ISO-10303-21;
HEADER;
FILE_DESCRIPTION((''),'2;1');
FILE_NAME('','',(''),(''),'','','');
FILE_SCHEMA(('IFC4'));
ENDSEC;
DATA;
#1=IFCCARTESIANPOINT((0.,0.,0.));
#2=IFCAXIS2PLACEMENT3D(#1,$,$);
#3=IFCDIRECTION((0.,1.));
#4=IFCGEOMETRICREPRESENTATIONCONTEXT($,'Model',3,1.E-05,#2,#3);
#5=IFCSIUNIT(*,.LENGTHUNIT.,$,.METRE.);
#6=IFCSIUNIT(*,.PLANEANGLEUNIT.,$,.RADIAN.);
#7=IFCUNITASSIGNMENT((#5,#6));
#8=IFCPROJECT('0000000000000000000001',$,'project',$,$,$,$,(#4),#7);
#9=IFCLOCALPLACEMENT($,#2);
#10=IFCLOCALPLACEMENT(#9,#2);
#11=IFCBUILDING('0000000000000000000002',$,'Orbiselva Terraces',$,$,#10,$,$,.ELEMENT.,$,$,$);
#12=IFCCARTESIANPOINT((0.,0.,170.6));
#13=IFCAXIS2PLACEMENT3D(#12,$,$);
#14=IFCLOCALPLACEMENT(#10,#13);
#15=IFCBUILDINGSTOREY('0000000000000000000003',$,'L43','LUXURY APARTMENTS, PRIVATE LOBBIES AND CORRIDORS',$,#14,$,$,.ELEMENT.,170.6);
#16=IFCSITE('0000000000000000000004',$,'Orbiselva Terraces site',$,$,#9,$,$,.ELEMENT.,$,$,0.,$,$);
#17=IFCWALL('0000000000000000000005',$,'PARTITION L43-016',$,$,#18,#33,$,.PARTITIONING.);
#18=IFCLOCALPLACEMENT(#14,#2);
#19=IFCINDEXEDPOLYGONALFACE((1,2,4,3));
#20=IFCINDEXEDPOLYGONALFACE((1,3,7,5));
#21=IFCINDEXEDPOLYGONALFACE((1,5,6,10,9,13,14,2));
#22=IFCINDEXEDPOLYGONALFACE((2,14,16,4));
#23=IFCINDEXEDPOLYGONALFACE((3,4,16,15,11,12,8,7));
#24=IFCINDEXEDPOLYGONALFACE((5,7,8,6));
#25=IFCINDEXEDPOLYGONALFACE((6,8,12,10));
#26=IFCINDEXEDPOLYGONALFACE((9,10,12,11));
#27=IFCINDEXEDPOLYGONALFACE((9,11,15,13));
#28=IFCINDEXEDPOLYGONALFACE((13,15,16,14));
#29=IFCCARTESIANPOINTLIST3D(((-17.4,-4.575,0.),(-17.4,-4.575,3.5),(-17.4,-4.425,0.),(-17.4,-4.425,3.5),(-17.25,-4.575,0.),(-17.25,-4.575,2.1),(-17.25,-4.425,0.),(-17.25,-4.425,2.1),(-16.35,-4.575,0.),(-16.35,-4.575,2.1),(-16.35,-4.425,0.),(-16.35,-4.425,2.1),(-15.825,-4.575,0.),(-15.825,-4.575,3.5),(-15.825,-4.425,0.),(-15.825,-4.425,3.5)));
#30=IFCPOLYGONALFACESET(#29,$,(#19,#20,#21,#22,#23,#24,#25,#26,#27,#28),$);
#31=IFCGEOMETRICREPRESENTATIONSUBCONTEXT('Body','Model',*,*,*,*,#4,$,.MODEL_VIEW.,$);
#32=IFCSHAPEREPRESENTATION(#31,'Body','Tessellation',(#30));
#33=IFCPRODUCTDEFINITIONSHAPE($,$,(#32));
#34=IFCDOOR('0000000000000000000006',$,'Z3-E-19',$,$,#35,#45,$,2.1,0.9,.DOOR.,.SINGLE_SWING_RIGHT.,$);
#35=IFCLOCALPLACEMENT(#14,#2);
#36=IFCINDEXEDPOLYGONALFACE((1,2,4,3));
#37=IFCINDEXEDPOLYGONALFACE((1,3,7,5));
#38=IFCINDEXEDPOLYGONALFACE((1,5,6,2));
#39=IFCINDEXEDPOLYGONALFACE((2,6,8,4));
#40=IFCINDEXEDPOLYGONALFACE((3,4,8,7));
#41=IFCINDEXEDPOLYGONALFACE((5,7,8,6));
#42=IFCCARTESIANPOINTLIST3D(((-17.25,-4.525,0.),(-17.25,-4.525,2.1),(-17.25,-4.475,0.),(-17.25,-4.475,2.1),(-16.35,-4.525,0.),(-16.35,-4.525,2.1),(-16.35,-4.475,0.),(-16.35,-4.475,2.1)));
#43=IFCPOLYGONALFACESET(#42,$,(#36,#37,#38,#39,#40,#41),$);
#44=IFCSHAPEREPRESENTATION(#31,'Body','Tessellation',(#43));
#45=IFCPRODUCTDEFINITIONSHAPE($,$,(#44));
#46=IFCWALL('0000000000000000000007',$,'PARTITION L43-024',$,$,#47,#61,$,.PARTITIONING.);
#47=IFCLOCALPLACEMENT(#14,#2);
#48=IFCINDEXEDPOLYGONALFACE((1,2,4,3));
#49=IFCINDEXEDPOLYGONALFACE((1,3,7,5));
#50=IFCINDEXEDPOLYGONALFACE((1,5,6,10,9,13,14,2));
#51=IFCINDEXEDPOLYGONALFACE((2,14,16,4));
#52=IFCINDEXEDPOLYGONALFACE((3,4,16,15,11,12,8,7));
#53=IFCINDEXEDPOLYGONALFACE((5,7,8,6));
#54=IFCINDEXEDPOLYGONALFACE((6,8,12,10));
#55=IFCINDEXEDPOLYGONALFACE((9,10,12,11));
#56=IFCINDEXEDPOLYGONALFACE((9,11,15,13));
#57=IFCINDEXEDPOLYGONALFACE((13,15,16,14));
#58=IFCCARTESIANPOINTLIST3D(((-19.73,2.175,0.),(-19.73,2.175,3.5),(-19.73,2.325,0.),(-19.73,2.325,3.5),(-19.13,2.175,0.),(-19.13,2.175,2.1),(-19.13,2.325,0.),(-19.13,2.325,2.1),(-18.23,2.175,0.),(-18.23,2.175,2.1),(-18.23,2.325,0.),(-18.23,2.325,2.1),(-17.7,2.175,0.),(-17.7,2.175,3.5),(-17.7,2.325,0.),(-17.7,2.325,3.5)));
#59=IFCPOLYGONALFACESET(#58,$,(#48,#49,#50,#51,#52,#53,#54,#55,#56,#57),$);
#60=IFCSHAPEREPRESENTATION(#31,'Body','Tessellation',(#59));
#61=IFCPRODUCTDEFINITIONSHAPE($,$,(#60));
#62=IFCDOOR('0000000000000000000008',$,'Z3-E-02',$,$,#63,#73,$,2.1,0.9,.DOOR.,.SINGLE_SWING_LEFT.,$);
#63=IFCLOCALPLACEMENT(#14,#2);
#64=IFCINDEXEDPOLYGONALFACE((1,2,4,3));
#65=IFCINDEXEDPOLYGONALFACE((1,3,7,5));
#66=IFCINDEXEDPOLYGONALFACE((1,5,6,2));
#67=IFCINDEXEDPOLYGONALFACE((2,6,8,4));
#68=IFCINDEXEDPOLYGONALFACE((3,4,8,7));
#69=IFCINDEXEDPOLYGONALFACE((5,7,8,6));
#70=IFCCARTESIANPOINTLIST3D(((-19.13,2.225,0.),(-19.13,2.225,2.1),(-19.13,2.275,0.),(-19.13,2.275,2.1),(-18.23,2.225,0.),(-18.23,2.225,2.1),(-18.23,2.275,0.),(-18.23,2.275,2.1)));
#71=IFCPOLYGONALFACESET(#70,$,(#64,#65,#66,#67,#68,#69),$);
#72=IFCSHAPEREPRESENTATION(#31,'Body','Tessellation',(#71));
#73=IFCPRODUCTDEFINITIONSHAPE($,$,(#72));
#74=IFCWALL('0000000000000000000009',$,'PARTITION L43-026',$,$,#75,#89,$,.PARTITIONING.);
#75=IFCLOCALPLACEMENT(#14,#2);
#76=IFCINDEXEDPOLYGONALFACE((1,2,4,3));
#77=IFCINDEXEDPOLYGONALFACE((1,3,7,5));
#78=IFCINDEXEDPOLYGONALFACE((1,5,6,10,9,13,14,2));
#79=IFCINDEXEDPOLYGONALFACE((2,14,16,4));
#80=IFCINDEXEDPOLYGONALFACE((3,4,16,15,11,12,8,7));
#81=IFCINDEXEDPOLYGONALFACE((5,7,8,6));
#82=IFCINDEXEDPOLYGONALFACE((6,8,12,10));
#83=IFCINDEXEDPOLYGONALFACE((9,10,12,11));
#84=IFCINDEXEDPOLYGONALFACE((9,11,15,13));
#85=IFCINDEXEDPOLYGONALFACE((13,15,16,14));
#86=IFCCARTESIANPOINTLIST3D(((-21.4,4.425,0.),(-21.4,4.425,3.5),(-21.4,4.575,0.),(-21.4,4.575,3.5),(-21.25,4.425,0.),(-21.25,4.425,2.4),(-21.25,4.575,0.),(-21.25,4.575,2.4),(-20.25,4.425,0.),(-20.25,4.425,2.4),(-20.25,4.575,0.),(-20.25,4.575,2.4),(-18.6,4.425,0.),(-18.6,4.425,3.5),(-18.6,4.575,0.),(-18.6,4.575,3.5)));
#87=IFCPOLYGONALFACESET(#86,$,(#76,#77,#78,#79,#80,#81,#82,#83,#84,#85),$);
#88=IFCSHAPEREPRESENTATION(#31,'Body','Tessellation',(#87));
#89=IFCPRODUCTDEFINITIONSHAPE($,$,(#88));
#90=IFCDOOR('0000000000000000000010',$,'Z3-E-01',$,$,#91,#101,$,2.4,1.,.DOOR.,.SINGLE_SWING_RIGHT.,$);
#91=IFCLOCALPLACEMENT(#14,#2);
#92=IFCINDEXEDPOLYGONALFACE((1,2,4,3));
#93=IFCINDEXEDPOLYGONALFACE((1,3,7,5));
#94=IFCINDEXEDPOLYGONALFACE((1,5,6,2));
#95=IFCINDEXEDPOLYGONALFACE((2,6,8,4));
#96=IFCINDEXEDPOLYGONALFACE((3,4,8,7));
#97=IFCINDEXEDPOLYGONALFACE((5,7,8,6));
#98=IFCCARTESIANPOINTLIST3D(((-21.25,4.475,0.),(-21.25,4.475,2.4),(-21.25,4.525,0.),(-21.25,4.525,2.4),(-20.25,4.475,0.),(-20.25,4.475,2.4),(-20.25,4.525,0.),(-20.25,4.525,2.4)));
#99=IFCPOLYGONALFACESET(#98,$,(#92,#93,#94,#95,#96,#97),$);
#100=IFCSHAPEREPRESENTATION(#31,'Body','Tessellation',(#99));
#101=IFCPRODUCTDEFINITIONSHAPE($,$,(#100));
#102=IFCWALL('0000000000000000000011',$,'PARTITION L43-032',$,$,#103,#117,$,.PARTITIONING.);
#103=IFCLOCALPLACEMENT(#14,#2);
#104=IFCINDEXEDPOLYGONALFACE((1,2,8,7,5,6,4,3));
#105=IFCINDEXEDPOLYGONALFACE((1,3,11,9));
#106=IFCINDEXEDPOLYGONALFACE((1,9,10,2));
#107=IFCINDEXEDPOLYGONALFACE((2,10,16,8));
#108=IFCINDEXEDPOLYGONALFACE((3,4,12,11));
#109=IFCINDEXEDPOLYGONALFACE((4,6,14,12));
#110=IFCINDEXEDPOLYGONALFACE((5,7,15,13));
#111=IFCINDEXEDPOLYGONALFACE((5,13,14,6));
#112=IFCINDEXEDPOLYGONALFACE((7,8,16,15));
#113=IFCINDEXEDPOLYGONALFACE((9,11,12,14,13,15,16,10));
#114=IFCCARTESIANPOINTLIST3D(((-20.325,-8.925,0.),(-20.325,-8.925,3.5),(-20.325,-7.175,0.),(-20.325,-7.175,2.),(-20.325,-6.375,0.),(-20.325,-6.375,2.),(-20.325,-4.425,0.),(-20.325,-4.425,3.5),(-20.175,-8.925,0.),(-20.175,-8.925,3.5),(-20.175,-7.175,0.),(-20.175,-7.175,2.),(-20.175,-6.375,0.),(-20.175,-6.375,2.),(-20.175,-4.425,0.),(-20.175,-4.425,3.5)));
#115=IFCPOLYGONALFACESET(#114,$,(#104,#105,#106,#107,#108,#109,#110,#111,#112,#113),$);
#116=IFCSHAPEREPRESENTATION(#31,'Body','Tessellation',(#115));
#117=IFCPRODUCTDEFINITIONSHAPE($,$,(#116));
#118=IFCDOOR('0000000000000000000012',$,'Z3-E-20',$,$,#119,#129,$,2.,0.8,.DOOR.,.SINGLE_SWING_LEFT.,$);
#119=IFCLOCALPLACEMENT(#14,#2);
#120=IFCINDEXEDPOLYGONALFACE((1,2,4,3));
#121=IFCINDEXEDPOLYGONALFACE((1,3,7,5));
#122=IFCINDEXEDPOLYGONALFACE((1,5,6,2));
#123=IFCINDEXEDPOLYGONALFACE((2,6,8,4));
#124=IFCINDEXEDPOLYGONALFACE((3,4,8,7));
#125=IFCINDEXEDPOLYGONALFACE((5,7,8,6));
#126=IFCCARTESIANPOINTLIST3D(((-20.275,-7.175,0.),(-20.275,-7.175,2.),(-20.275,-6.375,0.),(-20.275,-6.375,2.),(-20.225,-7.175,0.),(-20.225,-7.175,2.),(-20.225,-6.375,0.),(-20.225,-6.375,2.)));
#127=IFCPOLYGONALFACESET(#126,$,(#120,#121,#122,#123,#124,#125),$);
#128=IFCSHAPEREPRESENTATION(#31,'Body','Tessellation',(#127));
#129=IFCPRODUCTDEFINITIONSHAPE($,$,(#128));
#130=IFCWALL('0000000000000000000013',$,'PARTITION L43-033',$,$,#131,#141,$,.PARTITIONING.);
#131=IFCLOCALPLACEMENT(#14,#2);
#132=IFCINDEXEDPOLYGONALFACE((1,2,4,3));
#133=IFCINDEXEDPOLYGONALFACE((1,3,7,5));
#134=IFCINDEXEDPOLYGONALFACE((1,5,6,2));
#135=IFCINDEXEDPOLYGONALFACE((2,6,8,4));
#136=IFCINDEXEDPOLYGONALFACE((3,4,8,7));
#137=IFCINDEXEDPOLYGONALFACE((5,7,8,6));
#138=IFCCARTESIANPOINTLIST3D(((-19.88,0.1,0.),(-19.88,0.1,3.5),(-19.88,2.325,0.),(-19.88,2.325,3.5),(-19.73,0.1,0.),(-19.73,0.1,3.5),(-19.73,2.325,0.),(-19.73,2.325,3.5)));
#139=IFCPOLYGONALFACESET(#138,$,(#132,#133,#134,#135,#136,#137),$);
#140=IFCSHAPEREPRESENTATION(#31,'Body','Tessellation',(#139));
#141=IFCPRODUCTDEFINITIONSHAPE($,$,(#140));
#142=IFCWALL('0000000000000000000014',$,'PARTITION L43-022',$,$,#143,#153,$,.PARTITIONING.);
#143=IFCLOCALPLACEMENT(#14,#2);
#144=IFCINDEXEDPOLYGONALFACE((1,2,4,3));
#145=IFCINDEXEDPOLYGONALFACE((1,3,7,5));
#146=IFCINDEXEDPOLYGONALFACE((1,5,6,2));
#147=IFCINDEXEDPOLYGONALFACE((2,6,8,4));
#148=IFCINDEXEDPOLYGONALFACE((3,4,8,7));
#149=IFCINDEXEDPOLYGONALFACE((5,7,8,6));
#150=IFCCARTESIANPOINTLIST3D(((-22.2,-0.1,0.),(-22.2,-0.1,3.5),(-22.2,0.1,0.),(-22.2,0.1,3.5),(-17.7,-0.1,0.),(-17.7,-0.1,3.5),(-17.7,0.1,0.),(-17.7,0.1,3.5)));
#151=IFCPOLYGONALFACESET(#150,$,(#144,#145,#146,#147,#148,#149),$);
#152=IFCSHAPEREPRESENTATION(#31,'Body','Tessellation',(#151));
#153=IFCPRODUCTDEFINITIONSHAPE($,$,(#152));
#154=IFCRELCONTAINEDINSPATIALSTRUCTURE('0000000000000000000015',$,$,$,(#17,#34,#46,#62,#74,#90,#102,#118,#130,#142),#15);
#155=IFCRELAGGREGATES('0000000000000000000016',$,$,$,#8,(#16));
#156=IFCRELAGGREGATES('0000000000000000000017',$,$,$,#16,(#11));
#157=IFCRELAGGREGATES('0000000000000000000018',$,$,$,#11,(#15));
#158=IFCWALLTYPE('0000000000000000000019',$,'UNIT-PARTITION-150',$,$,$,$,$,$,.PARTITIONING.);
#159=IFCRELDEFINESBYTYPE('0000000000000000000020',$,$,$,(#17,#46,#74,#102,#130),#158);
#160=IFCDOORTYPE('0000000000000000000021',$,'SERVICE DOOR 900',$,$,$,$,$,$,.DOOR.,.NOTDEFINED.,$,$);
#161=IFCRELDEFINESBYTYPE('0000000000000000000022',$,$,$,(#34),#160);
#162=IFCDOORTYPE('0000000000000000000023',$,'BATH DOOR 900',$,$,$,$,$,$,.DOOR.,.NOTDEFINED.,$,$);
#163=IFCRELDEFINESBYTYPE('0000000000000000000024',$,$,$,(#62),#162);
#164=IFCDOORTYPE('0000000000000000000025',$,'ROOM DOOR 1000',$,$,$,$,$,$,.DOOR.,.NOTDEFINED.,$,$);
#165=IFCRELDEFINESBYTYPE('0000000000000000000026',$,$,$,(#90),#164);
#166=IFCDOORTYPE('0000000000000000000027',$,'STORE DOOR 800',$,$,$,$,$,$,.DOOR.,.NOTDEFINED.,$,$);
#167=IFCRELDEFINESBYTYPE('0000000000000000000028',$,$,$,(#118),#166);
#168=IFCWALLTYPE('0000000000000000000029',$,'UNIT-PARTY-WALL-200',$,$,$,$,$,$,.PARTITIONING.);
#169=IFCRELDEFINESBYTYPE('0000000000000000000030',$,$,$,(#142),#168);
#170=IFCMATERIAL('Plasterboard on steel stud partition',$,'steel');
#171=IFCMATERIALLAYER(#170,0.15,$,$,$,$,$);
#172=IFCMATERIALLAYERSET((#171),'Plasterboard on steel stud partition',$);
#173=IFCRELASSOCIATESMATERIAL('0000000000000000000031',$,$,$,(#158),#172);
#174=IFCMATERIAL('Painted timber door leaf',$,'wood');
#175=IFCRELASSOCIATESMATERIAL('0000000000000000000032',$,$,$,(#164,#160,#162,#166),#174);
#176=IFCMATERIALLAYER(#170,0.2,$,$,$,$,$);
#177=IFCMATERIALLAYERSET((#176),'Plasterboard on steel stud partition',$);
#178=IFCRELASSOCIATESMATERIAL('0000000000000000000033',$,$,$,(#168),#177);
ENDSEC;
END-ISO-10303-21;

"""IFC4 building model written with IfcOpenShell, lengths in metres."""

from ifc_helpers import new_model, si_unit, direction, frame, frame_2d, origin, place, context, subcontext, project, spatial, rectangle, extrude, material, layer, layer_set, type_object, element, fill, save


model = new_model("IFC4")

# Units and contexts
model_context = context("Model", 3, precision=1e-05, world=origin(), true_north=direction((0.0, 1.0)))
body_context = subcontext(model_context, "Body", "Model", "MODEL_VIEW")
ifc_project = project(units=[si_unit("LENGTHUNIT", "METRE"), si_unit("PLANEANGLEUNIT", "RADIAN")], contexts=[model_context])

# Site, building, storey
site_placement = place(None, origin())
site = spatial("IfcSite", under=ifc_project, at=site_placement, Name="Orbiselva Terraces site", CompositionType="ELEMENT", RefElevation=0.0)
building_placement = place(site_placement, origin())
building = spatial("IfcBuilding", under=site, at=building_placement, Name="Orbiselva Terraces", CompositionType="ELEMENT")
storey_placement = place(building_placement, frame((0.0, 0.0, 170.6)))
storey = spatial("IfcBuildingStorey", under=building, at=storey_placement, Name="L43", Description="LUXURY APARTMENTS, PRIVATE LOBBIES AND CORRIDORS", CompositionType="ELEMENT", Elevation=170.6)

# Shared definitions
ifc_material_1 = material(Name="Plasterboard on steel stud partition", Category="steel")

# Shared definitions
ifc_layer_1 = layer(ifc_material_1, 0.15)
ifc_layer_set_1 = layer_set([ifc_layer_1], Name="Plasterboard on steel stud partition")
wall_type_1 = type_object("IfcWallType", Name="UNIT-PARTITION-150", PredefinedType="PARTITIONING", material=ifc_layer_set_1)
ifc_material_2 = material(Name="Painted timber door leaf", Category="wood")
door_type_1 = type_object("IfcDoorType", Name="ROOM DOOR 1000", OperationType="NOTDEFINED", PredefinedType="DOOR", material=ifc_material_2)

# Walls, openings, doors
wall_1_placement = place(storey_placement, frame((-15.825, -4.5, 0.0), z_axis=(0.0, 0.0, 1.0), x_axis=(-1.0, 0.0, 0.0)))
wall_1 = element("IfcWall", 1, at=wall_1_placement, inside=storey, type_object=wall_type_1, Name="PARTITION L43-016", PredefinedType="PARTITIONING", context=body_context, shape_type="SweptSolid", body=[
    extrude(rectangle(XDim=1.575, YDim=0.15, at=frame_2d((0.7875, 0.0))), origin(), (0.0, 0.0, 1.0), 3.5),
])
opening_1_placement = place(wall_1_placement, frame((0.525, 0.0, 0.0)))
opening_1 = element("IfcOpeningElement", 2, at=opening_1_placement, cuts=wall_1, PredefinedType="OPENING", context=body_context, shape_type="SweptSolid", body=[
    extrude(rectangle(XDim=0.9, YDim=2.1, at=frame_2d((0.45, 1.05))), frame((0.0, 0.085, 0.0), z_axis=(0.0, -1.0, 0.0), x_axis=(1.0, 0.0, 0.0)), (0.0, 0.0, 1.0), 0.17),
])
door_type_2 = type_object("IfcDoorType", Name="SERVICE DOOR 900", OperationType="NOTDEFINED", PredefinedType="DOOR", material=ifc_material_2)
door_1_placement = place(opening_1_placement, origin())
door_1 = element("IfcDoor", 3, at=door_1_placement, inside=storey, type_object=door_type_2, Name="Z3-E-19", OperationType="SINGLE_SWING_RIGHT", OverallHeight=2.1, OverallWidth=0.9, PredefinedType="DOOR", context=body_context, shape_type="SweptSolid", body=[
    extrude(rectangle(XDim=0.9, YDim=2.1, at=frame_2d((0.45, 1.05))), frame((0.0, 0.025, 0.0), z_axis=(0.0, -1.0, 0.0), x_axis=(1.0, 0.0, 0.0)), (0.0, 0.0, 1.0), 0.05),
])
fill(opening_1, door_1)
wall_2_placement = place(storey_placement, frame((-17.7, 2.25, 0.0), z_axis=(0.0, 0.0, 1.0), x_axis=(-1.0, 0.0, 0.0)))
wall_2 = element("IfcWall", 4, at=wall_2_placement, inside=storey, type_object=wall_type_1, Name="PARTITION L43-024", PredefinedType="PARTITIONING", context=body_context, shape_type="SweptSolid", body=[
    extrude(rectangle(XDim=2.03, YDim=0.15, at=frame_2d((1.015, 0.0))), origin(), (0.0, 0.0, 1.0), 3.5),
])
opening_2_placement = place(wall_2_placement, frame((0.53, 0.0, 0.0)))
opening_2 = element("IfcOpeningElement", 5, at=opening_2_placement, cuts=wall_2, PredefinedType="OPENING", context=body_context, shape_type="SweptSolid", body=[
    extrude(rectangle(XDim=0.9, YDim=2.1, at=frame_2d((0.45, 1.05))), frame((0.0, 0.085, 0.0), z_axis=(0.0, -1.0, 0.0), x_axis=(1.0, 0.0, 0.0)), (0.0, 0.0, 1.0), 0.17),
])
door_type_3 = type_object("IfcDoorType", Name="BATH DOOR 900", OperationType="NOTDEFINED", PredefinedType="DOOR", material=ifc_material_2)
door_2_placement = place(opening_2_placement, origin())
door_2 = element("IfcDoor", 6, at=door_2_placement, inside=storey, type_object=door_type_3, Name="Z3-E-02", OperationType="SINGLE_SWING_LEFT", OverallHeight=2.1, OverallWidth=0.9, PredefinedType="DOOR", context=body_context, shape_type="SweptSolid", body=[
    extrude(rectangle(XDim=0.9, YDim=2.1, at=frame_2d((0.45, 1.05))), frame((0.0, 0.025, 0.0), z_axis=(0.0, -1.0, 0.0), x_axis=(1.0, 0.0, 0.0)), (0.0, 0.0, 1.0), 0.05),
])
fill(opening_2, door_2)
wall_3_placement = place(storey_placement, frame((-18.6, 4.5, 0.0), z_axis=(0.0, 0.0, 1.0), x_axis=(-1.0, 0.0, 0.0)))
wall_3 = element("IfcWall", 7, at=wall_3_placement, inside=storey, type_object=wall_type_1, Name="PARTITION L43-026", PredefinedType="PARTITIONING", context=body_context, shape_type="SweptSolid", body=[
    extrude(rectangle(XDim=2.8, YDim=0.15, at=frame_2d((1.4, 0.0))), origin(), (0.0, 0.0, 1.0), 3.5),
])
opening_3_placement = place(wall_3_placement, frame((1.65, 0.0, 0.0)))
opening_3 = element("IfcOpeningElement", 8, at=opening_3_placement, cuts=wall_3, PredefinedType="OPENING", context=body_context, shape_type="SweptSolid", body=[
    extrude(rectangle(XDim=1.0, YDim=2.4, at=frame_2d((0.5, 1.2))), frame((0.0, 0.085, 0.0), z_axis=(0.0, -1.0, 0.0), x_axis=(1.0, 0.0, 0.0)), (0.0, 0.0, 1.0), 0.17),
])
door_3_placement = place(opening_3_placement, origin())
door_3 = element("IfcDoor", 9, at=door_3_placement, inside=storey, type_object=door_type_1, Name="Z3-E-01", OperationType="SINGLE_SWING_RIGHT", OverallHeight=2.4, OverallWidth=1.0, PredefinedType="DOOR", context=body_context, shape_type="SweptSolid", body=[
    extrude(rectangle(XDim=1.0, YDim=2.4, at=frame_2d((0.5, 1.2))), frame((0.0, 0.025, 0.0), z_axis=(0.0, -1.0, 0.0), x_axis=(1.0, 0.0, 0.0)), (0.0, 0.0, 1.0), 0.05),
])
fill(opening_3, door_3)
wall_4_placement = place(storey_placement, frame((-20.25, -8.925, 0.0), z_axis=(0.0, 0.0, 1.0), x_axis=(0.0, 1.0, 0.0)))
wall_4 = element("IfcWall", 10, at=wall_4_placement, inside=storey, type_object=wall_type_1, Name="PARTITION L43-032", PredefinedType="PARTITIONING", context=body_context, shape_type="SweptSolid", body=[
    extrude(rectangle(XDim=4.5, YDim=0.15, at=frame_2d((2.25, 0.0))), origin(), (0.0, 0.0, 1.0), 3.5),
])
opening_4_placement = place(wall_4_placement, frame((1.75, 0.0, 0.0)))
opening_4 = element("IfcOpeningElement", 11, at=opening_4_placement, cuts=wall_4, PredefinedType="OPENING", context=body_context, shape_type="SweptSolid", body=[
    extrude(rectangle(XDim=0.8, YDim=2.0, at=frame_2d((0.4, 1.0))), frame((0.0, 0.085, 0.0), z_axis=(0.0, -1.0, 0.0), x_axis=(1.0, 0.0, 0.0)), (0.0, 0.0, 1.0), 0.17),
])
door_type_4 = type_object("IfcDoorType", Name="STORE DOOR 800", OperationType="NOTDEFINED", PredefinedType="DOOR", material=ifc_material_2)
door_4_placement = place(opening_4_placement, origin())
door_4 = element("IfcDoor", 12, at=door_4_placement, inside=storey, type_object=door_type_4, Name="Z3-E-20", OperationType="SINGLE_SWING_LEFT", OverallHeight=2.0, OverallWidth=0.8, PredefinedType="DOOR", context=body_context, shape_type="SweptSolid", body=[
    extrude(rectangle(XDim=0.8, YDim=2.0, at=frame_2d((0.4, 1.0))), frame((0.0, 0.025, 0.0), z_axis=(0.0, -1.0, 0.0), x_axis=(1.0, 0.0, 0.0)), (0.0, 0.0, 1.0), 0.05),
])
fill(opening_4, door_4)

# Walls
wall_5_placement = place(storey_placement, frame((-19.805, 0.1, 0.0), z_axis=(0.0, 0.0, 1.0), x_axis=(0.0, 1.0, 0.0)))
element("IfcWall", 13, at=wall_5_placement, inside=storey, type_object=wall_type_1, Name="PARTITION L43-033", PredefinedType="PARTITIONING", context=body_context, shape_type="SweptSolid", body=[
    extrude(rectangle(XDim=2.225, YDim=0.15, at=frame_2d((1.1125, 0.0))), origin(), (0.0, 0.0, 1.0), 3.5),
])
ifc_layer_2 = layer(ifc_material_1, 0.2)
ifc_layer_set_2 = layer_set([ifc_layer_2], Name="Plasterboard on steel stud partition")
wall_type_2 = type_object("IfcWallType", Name="UNIT-PARTY-WALL-200", PredefinedType="PARTITIONING", material=ifc_layer_set_2)
wall_6_placement = place(storey_placement, frame((-22.2, 0.0, 0.0), z_axis=(0.0, 0.0, 1.0), x_axis=(1.0, 0.0, 0.0)))
element("IfcWall", 14, at=wall_6_placement, inside=storey, type_object=wall_type_2, Name="PARTITION L43-022", PredefinedType="PARTITIONING", context=body_context, shape_type="SweptSolid", body=[
    extrude(rectangle(XDim=4.5, YDim=0.2, at=frame_2d((2.25, 0.0))), origin(), (0.0, 0.0, 1.0), 3.5),
])

save(model, "model.ifc")
